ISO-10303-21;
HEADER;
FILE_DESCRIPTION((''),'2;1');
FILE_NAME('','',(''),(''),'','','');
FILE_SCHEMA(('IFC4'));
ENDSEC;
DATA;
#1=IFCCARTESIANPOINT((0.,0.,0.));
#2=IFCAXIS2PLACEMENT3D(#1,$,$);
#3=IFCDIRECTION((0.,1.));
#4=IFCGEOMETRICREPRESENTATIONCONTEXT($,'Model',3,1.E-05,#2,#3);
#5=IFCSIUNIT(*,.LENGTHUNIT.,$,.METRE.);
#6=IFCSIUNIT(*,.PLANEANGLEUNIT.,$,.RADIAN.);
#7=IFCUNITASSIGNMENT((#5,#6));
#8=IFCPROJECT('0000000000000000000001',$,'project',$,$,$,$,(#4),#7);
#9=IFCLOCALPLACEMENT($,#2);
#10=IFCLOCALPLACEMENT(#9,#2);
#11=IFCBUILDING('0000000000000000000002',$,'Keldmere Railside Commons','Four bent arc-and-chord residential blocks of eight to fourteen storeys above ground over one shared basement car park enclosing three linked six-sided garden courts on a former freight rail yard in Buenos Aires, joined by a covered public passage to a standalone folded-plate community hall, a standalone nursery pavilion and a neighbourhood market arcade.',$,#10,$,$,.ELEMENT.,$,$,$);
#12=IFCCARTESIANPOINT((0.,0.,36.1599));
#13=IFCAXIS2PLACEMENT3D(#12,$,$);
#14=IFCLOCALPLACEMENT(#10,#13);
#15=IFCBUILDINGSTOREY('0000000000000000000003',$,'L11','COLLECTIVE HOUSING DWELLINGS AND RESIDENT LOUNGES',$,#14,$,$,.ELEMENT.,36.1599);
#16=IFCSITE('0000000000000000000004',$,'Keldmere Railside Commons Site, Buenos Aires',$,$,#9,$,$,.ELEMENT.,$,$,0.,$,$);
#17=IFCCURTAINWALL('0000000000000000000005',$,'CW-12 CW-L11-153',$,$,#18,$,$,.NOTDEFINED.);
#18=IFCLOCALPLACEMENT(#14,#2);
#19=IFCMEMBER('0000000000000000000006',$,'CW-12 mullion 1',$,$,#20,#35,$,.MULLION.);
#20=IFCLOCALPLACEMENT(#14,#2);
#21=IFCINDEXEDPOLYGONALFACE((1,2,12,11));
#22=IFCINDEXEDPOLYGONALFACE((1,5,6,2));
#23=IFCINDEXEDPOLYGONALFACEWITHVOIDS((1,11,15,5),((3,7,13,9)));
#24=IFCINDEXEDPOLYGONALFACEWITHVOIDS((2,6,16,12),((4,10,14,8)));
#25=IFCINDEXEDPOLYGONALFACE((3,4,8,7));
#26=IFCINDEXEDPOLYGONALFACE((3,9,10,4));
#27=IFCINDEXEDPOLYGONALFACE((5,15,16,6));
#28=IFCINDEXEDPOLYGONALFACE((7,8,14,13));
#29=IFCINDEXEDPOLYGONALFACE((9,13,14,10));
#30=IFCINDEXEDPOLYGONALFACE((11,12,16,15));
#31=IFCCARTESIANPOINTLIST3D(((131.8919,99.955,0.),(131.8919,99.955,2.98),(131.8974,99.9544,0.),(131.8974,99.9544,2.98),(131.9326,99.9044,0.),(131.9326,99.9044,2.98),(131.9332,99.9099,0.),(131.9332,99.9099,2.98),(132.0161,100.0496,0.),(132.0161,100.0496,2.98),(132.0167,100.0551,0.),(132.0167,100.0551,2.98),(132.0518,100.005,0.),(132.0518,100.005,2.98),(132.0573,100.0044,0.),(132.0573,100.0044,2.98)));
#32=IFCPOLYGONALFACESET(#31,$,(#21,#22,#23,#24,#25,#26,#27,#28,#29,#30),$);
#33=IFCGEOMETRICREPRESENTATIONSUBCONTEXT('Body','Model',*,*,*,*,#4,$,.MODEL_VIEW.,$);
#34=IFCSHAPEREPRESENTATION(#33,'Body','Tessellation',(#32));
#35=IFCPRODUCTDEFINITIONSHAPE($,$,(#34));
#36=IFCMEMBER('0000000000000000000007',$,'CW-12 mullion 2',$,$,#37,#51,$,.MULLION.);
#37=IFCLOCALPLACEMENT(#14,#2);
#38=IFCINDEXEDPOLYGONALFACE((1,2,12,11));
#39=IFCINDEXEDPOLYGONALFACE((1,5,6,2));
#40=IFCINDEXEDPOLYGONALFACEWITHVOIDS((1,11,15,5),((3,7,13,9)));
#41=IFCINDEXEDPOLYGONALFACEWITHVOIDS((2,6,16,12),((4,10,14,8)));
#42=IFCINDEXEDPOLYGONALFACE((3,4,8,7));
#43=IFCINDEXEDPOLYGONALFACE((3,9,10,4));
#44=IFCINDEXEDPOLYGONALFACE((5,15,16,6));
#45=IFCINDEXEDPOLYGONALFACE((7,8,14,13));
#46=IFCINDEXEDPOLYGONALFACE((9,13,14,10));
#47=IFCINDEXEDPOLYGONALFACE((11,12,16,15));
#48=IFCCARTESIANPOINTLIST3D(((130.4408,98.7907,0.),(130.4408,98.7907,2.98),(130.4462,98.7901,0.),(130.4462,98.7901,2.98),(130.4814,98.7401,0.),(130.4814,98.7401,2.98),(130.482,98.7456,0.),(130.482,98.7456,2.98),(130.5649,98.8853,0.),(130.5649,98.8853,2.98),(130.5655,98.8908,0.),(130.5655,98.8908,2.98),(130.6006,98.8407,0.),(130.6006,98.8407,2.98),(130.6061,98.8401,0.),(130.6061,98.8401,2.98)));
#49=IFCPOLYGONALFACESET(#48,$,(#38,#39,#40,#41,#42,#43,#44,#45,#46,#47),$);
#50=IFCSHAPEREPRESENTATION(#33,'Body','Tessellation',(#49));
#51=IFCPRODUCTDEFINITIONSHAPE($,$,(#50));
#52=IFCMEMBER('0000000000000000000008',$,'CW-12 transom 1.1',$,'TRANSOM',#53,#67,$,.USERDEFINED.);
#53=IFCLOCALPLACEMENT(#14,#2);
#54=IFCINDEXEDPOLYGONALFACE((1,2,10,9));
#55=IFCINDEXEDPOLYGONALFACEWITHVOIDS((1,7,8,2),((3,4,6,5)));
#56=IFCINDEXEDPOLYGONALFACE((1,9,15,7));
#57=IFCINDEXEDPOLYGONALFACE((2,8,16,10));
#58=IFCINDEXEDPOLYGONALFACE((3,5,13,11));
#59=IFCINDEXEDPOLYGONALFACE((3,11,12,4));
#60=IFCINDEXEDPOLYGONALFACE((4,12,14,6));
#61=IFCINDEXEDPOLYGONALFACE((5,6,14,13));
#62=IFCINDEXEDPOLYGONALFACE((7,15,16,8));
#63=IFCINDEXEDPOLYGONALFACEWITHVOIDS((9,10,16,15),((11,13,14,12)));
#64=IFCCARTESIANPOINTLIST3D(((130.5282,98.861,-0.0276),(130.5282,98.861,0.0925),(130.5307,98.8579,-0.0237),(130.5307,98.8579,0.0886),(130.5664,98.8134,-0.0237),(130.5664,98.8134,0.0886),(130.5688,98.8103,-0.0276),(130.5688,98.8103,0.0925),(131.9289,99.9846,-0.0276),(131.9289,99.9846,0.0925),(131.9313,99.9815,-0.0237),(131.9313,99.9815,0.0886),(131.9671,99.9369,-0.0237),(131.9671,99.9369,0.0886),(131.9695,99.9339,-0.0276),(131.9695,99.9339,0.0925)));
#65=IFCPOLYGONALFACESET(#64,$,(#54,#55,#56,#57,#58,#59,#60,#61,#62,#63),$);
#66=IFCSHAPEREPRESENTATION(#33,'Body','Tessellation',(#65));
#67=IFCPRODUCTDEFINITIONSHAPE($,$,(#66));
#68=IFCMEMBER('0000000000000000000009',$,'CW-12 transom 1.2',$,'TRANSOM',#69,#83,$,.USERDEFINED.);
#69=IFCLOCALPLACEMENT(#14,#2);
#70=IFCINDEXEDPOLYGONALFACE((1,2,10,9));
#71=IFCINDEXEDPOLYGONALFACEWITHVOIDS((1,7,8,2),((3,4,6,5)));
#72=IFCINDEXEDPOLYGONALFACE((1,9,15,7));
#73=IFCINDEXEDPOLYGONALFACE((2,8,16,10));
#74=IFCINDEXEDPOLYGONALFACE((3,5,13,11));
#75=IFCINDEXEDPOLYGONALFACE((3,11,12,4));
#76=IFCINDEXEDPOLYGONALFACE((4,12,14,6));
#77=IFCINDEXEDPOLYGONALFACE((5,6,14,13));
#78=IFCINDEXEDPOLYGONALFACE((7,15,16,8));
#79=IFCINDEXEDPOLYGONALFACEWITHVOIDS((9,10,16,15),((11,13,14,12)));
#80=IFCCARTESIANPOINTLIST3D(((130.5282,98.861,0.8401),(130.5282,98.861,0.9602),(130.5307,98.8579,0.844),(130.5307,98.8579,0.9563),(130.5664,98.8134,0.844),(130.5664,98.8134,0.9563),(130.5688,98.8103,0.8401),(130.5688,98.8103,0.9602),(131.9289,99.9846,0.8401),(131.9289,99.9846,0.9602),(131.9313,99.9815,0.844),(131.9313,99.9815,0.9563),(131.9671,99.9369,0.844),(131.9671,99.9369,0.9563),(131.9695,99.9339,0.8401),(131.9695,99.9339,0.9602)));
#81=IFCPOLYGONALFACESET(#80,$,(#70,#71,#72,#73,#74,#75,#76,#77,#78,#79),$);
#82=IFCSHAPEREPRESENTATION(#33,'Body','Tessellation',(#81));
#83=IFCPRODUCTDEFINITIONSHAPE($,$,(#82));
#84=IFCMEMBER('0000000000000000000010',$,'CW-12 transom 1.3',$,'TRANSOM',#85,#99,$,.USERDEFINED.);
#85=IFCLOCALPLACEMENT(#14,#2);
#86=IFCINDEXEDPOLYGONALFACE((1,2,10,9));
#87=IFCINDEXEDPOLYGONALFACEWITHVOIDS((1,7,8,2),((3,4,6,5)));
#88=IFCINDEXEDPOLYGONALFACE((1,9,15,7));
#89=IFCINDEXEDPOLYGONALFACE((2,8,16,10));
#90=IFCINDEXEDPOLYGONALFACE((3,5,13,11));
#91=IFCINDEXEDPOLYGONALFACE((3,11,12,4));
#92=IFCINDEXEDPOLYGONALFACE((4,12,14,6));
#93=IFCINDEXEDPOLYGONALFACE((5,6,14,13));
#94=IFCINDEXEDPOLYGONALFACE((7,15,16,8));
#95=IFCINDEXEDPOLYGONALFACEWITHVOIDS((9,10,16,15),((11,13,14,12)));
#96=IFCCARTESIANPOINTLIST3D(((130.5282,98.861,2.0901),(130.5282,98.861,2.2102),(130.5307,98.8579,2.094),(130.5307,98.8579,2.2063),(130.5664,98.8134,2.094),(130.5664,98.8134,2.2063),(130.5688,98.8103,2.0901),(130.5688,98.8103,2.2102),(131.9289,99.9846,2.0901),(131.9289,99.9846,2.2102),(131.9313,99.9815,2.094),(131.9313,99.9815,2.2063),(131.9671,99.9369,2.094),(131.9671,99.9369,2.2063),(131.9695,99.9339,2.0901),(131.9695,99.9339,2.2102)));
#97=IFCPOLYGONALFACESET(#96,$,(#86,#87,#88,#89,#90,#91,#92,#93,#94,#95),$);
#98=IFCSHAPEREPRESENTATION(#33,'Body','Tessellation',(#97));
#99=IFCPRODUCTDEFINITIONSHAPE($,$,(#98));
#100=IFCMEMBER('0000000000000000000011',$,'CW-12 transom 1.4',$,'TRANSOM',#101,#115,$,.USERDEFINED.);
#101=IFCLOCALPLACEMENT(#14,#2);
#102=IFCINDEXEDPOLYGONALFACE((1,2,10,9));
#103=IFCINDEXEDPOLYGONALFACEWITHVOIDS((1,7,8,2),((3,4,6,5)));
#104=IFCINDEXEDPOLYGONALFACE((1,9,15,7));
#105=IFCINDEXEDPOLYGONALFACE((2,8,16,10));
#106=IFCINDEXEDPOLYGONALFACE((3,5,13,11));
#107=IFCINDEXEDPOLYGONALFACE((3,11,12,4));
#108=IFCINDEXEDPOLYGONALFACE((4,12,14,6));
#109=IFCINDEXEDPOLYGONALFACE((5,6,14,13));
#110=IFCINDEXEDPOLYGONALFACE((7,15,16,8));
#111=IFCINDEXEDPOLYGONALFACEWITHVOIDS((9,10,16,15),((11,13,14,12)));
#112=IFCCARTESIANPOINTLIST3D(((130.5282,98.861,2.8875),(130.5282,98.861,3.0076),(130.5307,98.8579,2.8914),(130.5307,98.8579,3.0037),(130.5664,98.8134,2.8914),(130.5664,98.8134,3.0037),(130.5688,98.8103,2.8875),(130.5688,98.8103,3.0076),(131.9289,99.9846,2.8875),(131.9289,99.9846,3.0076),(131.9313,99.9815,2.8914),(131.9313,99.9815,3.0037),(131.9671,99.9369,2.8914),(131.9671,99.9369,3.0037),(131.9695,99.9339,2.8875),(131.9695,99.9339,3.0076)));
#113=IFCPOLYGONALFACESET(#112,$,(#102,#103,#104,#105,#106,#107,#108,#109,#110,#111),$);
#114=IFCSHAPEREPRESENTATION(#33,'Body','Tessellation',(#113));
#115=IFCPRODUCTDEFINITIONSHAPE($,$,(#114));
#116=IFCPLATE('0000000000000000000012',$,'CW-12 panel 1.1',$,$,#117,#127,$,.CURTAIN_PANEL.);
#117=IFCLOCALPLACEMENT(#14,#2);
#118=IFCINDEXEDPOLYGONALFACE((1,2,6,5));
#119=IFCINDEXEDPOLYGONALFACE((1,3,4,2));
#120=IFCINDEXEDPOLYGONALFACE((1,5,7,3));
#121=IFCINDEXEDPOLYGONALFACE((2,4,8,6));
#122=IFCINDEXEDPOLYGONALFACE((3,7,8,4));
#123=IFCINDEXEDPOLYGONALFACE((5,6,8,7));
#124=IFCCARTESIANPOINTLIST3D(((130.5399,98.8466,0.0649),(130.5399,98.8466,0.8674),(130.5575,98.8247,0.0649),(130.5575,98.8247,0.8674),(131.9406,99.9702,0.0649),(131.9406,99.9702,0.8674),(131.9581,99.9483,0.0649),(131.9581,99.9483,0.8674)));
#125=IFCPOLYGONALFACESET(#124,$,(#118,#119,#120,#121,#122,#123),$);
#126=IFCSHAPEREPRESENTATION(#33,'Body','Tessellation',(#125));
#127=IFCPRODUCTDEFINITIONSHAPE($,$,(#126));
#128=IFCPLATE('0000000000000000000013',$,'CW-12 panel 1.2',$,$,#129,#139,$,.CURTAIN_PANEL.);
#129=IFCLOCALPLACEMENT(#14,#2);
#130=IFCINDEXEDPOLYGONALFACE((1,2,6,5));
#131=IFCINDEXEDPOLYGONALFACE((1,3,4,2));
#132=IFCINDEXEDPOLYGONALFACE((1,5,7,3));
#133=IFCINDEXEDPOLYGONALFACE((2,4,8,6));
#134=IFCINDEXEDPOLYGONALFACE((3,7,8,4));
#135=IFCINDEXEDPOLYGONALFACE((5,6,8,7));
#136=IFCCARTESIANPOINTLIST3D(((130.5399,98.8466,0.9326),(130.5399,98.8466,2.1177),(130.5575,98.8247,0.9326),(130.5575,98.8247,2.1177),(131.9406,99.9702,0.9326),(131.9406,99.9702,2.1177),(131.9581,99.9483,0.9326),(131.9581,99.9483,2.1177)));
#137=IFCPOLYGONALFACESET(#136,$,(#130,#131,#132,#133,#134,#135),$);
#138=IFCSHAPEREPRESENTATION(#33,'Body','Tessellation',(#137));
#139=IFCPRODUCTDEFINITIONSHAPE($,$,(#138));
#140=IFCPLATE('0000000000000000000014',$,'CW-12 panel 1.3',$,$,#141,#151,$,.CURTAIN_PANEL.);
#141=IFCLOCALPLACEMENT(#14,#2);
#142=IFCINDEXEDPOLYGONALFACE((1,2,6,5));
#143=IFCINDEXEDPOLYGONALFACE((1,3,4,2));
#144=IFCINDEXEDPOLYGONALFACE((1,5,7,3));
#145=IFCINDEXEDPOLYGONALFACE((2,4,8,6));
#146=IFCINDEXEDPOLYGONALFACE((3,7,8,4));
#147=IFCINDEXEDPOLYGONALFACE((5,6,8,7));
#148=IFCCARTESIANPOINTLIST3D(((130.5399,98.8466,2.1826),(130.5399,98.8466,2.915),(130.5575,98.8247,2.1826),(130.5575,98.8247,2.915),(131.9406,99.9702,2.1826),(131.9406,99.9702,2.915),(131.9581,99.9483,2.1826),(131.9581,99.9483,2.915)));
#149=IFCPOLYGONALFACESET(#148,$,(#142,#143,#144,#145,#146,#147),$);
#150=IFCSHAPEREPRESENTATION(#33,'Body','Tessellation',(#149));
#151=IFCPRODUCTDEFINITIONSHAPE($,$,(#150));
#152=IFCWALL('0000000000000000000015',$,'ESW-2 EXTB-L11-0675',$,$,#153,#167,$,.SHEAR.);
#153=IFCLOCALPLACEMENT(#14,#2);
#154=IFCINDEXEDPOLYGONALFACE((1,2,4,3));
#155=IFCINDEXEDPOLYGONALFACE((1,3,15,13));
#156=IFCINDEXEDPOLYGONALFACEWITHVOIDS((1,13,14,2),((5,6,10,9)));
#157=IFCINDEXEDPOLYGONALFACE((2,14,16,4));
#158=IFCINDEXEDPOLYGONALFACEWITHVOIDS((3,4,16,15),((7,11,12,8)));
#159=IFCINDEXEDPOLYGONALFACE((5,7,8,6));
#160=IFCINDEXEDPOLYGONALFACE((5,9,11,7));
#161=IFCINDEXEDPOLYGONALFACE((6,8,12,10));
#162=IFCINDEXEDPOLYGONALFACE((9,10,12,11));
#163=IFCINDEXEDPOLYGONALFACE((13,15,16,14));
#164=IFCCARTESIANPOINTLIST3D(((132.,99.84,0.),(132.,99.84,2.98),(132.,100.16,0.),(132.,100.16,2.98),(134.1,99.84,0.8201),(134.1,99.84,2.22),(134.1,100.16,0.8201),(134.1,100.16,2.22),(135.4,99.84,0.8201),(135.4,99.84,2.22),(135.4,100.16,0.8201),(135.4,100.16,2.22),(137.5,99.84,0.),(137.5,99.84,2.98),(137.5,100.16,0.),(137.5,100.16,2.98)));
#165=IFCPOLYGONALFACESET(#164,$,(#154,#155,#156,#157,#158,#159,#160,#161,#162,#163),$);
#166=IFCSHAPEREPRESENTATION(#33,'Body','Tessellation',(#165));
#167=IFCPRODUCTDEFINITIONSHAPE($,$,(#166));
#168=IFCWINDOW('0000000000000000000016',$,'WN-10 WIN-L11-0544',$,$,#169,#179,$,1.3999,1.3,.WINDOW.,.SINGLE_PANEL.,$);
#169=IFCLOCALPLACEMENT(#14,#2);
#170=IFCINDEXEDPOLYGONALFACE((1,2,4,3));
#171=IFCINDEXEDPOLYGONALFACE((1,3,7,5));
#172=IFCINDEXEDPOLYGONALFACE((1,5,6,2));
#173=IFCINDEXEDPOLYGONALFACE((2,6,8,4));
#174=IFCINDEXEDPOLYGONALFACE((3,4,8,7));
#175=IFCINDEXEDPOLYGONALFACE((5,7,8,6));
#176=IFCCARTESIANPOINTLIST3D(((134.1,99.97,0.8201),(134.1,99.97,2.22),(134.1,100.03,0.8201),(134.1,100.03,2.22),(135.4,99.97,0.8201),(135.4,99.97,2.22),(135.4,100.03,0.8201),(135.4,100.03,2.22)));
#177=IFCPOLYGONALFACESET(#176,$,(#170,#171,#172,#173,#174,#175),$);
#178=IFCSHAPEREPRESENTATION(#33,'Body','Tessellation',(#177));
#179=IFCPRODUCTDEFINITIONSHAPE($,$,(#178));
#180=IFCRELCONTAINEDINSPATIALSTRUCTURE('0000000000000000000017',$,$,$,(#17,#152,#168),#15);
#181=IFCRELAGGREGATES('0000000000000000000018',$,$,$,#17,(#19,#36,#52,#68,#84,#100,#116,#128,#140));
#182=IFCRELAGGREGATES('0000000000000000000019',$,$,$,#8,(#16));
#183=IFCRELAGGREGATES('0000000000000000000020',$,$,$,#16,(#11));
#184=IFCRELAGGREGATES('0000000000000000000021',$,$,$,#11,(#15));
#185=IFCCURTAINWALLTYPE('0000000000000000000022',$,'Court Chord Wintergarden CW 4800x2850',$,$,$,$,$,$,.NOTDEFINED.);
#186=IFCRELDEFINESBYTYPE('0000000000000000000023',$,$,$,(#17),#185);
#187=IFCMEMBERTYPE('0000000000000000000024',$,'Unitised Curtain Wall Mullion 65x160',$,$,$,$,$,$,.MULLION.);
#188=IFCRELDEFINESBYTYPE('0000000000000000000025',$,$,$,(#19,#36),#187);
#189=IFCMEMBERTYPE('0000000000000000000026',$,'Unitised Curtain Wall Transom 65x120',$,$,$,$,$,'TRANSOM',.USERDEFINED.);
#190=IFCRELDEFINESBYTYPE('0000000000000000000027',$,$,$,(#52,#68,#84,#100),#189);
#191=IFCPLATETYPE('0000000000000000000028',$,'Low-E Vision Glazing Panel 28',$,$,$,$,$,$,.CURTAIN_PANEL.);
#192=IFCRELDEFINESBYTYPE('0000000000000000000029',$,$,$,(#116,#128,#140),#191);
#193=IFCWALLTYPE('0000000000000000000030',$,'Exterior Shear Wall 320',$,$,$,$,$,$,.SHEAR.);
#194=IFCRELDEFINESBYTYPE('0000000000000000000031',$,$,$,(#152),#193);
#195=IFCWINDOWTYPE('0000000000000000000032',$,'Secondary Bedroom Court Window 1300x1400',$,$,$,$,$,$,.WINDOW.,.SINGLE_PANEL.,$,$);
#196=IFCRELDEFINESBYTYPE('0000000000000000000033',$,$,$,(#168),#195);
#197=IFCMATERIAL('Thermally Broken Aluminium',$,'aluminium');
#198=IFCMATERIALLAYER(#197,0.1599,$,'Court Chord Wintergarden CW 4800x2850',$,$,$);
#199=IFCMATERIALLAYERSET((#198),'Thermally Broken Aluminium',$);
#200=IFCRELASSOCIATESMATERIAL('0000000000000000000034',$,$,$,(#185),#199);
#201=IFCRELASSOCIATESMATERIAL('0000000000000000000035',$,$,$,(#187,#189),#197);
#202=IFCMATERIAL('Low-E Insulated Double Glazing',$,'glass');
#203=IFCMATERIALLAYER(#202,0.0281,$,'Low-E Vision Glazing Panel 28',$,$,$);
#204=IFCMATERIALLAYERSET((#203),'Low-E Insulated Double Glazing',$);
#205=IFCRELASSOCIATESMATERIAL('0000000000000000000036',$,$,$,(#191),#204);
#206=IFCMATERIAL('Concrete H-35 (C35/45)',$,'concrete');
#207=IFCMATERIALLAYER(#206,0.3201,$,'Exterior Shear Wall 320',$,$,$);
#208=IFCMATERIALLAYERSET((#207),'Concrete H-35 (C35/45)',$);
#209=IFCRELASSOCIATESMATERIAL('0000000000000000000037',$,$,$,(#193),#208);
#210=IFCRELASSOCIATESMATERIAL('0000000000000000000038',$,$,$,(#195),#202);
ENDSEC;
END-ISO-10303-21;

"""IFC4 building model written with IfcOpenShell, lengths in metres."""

from ifc_helpers import new_model, si_unit, direction, frame, frame_2d, origin, origin_2d, place, context, subcontext, project, spatial, rectangle, hollow_rectangle, extrude, material, layer, layer_set, material_profile, profile_set, type_object, element, fill, aggregate, save


model = new_model("IFC4")

# Units and contexts
model_context = context("Model", 3, precision=1e-05, world=origin(), true_north=direction((0.0, 1.0)))
body_context = subcontext(model_context, "Body", "Model", "MODEL_VIEW")
ifc_project = project(units=[si_unit("LENGTHUNIT", "METRE"), si_unit("PLANEANGLEUNIT", "RADIAN")], contexts=[model_context])

# Site, building, storey
site_placement = place(None, origin())
site = spatial("IfcSite", under=ifc_project, at=site_placement, Name="Keldmere Railside Commons Site, Buenos Aires", CompositionType="ELEMENT", RefElevation=0.0)
building_placement = place(site_placement, origin())
building = spatial("IfcBuilding", under=site, at=building_placement, Name="Keldmere Railside Commons", Description="Four bent arc-and-chord residential blocks of eight to fourteen storeys above ground over one shared basement car park enclosing three linked six-sided garden courts on a former freight rail yard in Buenos Aires, joined by a covered public passage to a standalone folded-plate community hall, a standalone nursery pavilion and a neighbourhood market arcade.", CompositionType="ELEMENT")
storey_placement = place(building_placement, frame((0.0, 0.0, 36.1599)))
storey = spatial("IfcBuildingStorey", under=building, at=storey_placement, Name="L11", Description="COLLECTIVE HOUSING DWELLINGS AND RESIDENT LOUNGES", CompositionType="ELEMENT", Elevation=36.1599)

# Curtain wall, members, plates
ifc_material_1 = material(Name="Thermally Broken Aluminium", Category="aluminium")
ifc_layer_1 = layer(ifc_material_1, 0.1599, Name="Court Chord Wintergarden CW 4800x2850")
ifc_layer_set_1 = layer_set([ifc_layer_1], Name="Thermally Broken Aluminium")
curtain_wall_type = type_object("IfcCurtainWallType", Name="Court Chord Wintergarden CW 4800x2850", PredefinedType="NOTDEFINED", material=ifc_layer_set_1)
curtain_wall_placement = place(storey_placement, origin())
curtain_wall = element("IfcCurtainWall", 1, at=curtain_wall_placement, inside=storey, type_object=curtain_wall_type, Name="CW-12 CW-L11-153", PredefinedType="NOTDEFINED")
ifc_material_profile_1 = material_profile(ifc_material_1, hollow_rectangle(XDim=0.0649, YDim=0.1599, WallThickness=0.0039, at=origin_2d()), Name="ALU-MULL-65x160")
ifc_profile_set_1 = profile_set([ifc_material_profile_1], Name="Thermally Broken Aluminium")
member_type_1 = type_object("IfcMemberType", Name="Unitised Curtain Wall Mullion 65x160", PredefinedType="MULLION", material=ifc_profile_set_1)
member_1_placement = place(storey_placement, frame((131.9746, 99.9797, 0.0), z_axis=(0.0, 0.0, 1.0), x_axis=(0.625768, -0.780009, 0.0)))
member_1 = element("IfcMember", 2, at=member_1_placement, type_object=member_type_1, Name="CW-12 mullion 1", PredefinedType="MULLION", context=body_context, shape_type="SweptSolid", body=[
    extrude(hollow_rectangle(XDim=0.0649, YDim=0.1599, WallThickness=0.0039, at=origin_2d()), origin(), (0.0, 0.0, 1.0), 2.98),
])
member_2_placement = place(storey_placement, frame((130.5234, 98.8154, 0.0), z_axis=(0.0, 0.0, 1.0), x_axis=(0.625768, -0.780009, 0.0)))
member_2 = element("IfcMember", 3, at=member_2_placement, type_object=member_type_1, Name="CW-12 mullion 2", PredefinedType="MULLION", context=body_context, shape_type="SweptSolid", body=[
    extrude(hollow_rectangle(XDim=0.0649, YDim=0.1599, WallThickness=0.0039, at=origin_2d()), origin(), (0.0, 0.0, 1.0), 2.98),
])
ifc_material_profile_2 = material_profile(ifc_material_1, hollow_rectangle(XDim=0.0649, YDim=0.1201, WallThickness=0.0039, at=origin_2d()), Name="ALU-TRAN-65x120")
ifc_profile_set_2 = profile_set([ifc_material_profile_2], Name="Thermally Broken Aluminium")
member_type_2 = type_object("IfcMemberType", Name="Unitised Curtain Wall Transom 65x120", ElementType="TRANSOM", PredefinedType="USERDEFINED", material=ifc_profile_set_2)
member_3_placement = place(storey_placement, frame((131.9492, 99.9592, 0.0325), z_axis=(-0.780046, -0.625723, 0.0), x_axis=(0.625723, -0.780046, 0.0)))
member_3 = element("IfcMember", 4, at=member_3_placement, type_object=member_type_2, Name="CW-12 transom 1.1", ObjectType="TRANSOM", PredefinedType="USERDEFINED", context=body_context, shape_type="SweptSolid", body=[
    extrude(hollow_rectangle(XDim=0.0649, YDim=0.1201, WallThickness=0.0039, at=origin_2d()), origin(), (0.0, 0.0, 1.0), 1.7957),
])
member_4_placement = place(storey_placement, frame((131.9492, 99.9592, 0.9001), z_axis=(-0.780046, -0.625723, 0.0), x_axis=(0.625723, -0.780046, 0.0)))
member_4 = element("IfcMember", 5, at=member_4_placement, type_object=member_type_2, Name="CW-12 transom 1.2", ObjectType="TRANSOM", PredefinedType="USERDEFINED", context=body_context, shape_type="SweptSolid", body=[
    extrude(hollow_rectangle(XDim=0.0649, YDim=0.1201, WallThickness=0.0039, at=origin_2d()), origin(), (0.0, 0.0, 1.0), 1.7957),
])
member_5_placement = place(storey_placement, frame((131.9492, 99.9592, 2.1501), z_axis=(-0.780046, -0.625723, 0.0), x_axis=(0.625723, -0.780046, 0.0)))
member_5 = element("IfcMember", 6, at=member_5_placement, type_object=member_type_2, Name="CW-12 transom 1.3", ObjectType="TRANSOM", PredefinedType="USERDEFINED", context=body_context, shape_type="SweptSolid", body=[
    extrude(hollow_rectangle(XDim=0.0649, YDim=0.1201, WallThickness=0.0039, at=origin_2d()), origin(), (0.0, 0.0, 1.0), 1.7957),
])
member_6_placement = place(storey_placement, frame((131.9492, 99.9592, 2.9475), z_axis=(-0.780046, -0.625723, 0.0), x_axis=(0.625723, -0.780046, 0.0)))
member_6 = element("IfcMember", 7, at=member_6_placement, type_object=member_type_2, Name="CW-12 transom 1.4", ObjectType="TRANSOM", PredefinedType="USERDEFINED", context=body_context, shape_type="SweptSolid", body=[
    extrude(hollow_rectangle(XDim=0.0649, YDim=0.1201, WallThickness=0.0039, at=origin_2d()), origin(), (0.0, 0.0, 1.0), 1.7957),
])
ifc_material_2 = material(Name="Low-E Insulated Double Glazing", Category="glass")
ifc_layer_2 = layer(ifc_material_2, 0.0281, Name="Low-E Vision Glazing Panel 28")
ifc_layer_set_2 = layer_set([ifc_layer_2], Name="Low-E Insulated Double Glazing")
plate_type = type_object("IfcPlateType", Name="Low-E Vision Glazing Panel 28", PredefinedType="CURTAIN_PANEL", material=ifc_layer_set_2)
plate_1_placement = place(storey_placement, frame((131.249, 99.3975, 0.0649), z_axis=(0.0, 0.0, 1.0), x_axis=(-0.780009, -0.625768, 0.0)))
plate_1 = element("IfcPlate", 8, at=plate_1_placement, type_object=plate_type, Name="CW-12 panel 1.1", PredefinedType="CURTAIN_PANEL", context=body_context, shape_type="SweptSolid", body=[
    extrude(rectangle(XDim=1.7957, YDim=0.0281, at=origin_2d()), origin(), (0.0, 0.0, 1.0), 0.8025),
])
plate_2_placement = place(storey_placement, frame((131.249, 99.3975, 0.9326), z_axis=(0.0, 0.0, 1.0), x_axis=(-0.780009, -0.625768, 0.0)))
plate_2 = element("IfcPlate", 9, at=plate_2_placement, type_object=plate_type, Name="CW-12 panel 1.2", PredefinedType="CURTAIN_PANEL", context=body_context, shape_type="SweptSolid", body=[
    extrude(rectangle(XDim=1.7957, YDim=0.0281, at=origin_2d()), origin(), (0.0, 0.0, 1.0), 1.1851),
])
plate_3_placement = place(storey_placement, frame((131.249, 99.3975, 2.1826), z_axis=(0.0, 0.0, 1.0), x_axis=(-0.780009, -0.625768, 0.0)))
plate_3 = element("IfcPlate", 10, at=plate_3_placement, type_object=plate_type, Name="CW-12 panel 1.3", PredefinedType="CURTAIN_PANEL", context=body_context, shape_type="SweptSolid", body=[
    extrude(rectangle(XDim=1.7957, YDim=0.0281, at=origin_2d()), origin(), (0.0, 0.0, 1.0), 0.7324),
])
aggregate(curtain_wall, [member_1, member_2, member_3, member_4, member_5, member_6, plate_1, plate_2, plate_3])

# Wall, opening, window
ifc_material_3 = material(Name="Concrete H-35 (C35/45)", Category="concrete")
ifc_layer_3 = layer(ifc_material_3, 0.3201, Name="Exterior Shear Wall 320")
ifc_layer_set_3 = layer_set([ifc_layer_3], Name="Concrete H-35 (C35/45)")
wall_type_1 = type_object("IfcWallType", Name="Exterior Shear Wall 320", PredefinedType="SHEAR", material=ifc_layer_set_3)
wall_1_placement = place(storey_placement, frame((137.5, 100.0, 0.0), z_axis=(0.0, 0.0, 1.0), x_axis=(-1.0, 0.0, 0.0)))
wall_1 = element("IfcWall", 11, at=wall_1_placement, inside=storey, type_object=wall_type_1, Name="ESW-2 EXTB-L11-0675", PredefinedType="SHEAR", context=body_context, shape_type="SweptSolid", body=[
    extrude(rectangle(XDim=5.5, YDim=0.3201, at=frame_2d((2.75, 0.0))), origin(), (0.0, 0.0, 1.0), 2.98),
])
opening_1_placement = place(wall_1_placement, frame((2.1001, 0.0, 0.8201)))
opening_1 = element("IfcOpeningElement", 12, at=opening_1_placement, cuts=wall_1, PredefinedType="OPENING", context=body_context, shape_type="SweptSolid", body=[
    extrude(rectangle(XDim=1.3, YDim=1.3999, at=frame_2d((0.6499, 0.7))), frame((0.0, 0.1699, 0.0), z_axis=(0.0, -1.0, 0.0), x_axis=(1.0, 0.0, 0.0)), (0.0, 0.0, 1.0), 0.3401),
])
window_type = type_object("IfcWindowType", Name="Secondary Bedroom Court Window 1300x1400", PartitioningType="SINGLE_PANEL", PredefinedType="WINDOW", material=ifc_material_2)
window_placement = place(opening_1_placement, origin())
window = element("IfcWindow", 13, at=window_placement, inside=storey, type_object=window_type, Name="WN-10 WIN-L11-0544", OverallHeight=1.3999, OverallWidth=1.3, PartitioningType="SINGLE_PANEL", PredefinedType="WINDOW", context=body_context, shape_type="SweptSolid", body=[
    extrude(rectangle(XDim=1.3, YDim=1.3999, at=frame_2d((0.6499, 0.7))), frame((0.0, 0.03, 0.0), z_axis=(0.0, -1.0, 0.0), x_axis=(1.0, 0.0, 0.0)), (0.0, 0.0, 1.0), 0.0601),
])
fill(opening_1, window)

save(model, "model.ifc")
